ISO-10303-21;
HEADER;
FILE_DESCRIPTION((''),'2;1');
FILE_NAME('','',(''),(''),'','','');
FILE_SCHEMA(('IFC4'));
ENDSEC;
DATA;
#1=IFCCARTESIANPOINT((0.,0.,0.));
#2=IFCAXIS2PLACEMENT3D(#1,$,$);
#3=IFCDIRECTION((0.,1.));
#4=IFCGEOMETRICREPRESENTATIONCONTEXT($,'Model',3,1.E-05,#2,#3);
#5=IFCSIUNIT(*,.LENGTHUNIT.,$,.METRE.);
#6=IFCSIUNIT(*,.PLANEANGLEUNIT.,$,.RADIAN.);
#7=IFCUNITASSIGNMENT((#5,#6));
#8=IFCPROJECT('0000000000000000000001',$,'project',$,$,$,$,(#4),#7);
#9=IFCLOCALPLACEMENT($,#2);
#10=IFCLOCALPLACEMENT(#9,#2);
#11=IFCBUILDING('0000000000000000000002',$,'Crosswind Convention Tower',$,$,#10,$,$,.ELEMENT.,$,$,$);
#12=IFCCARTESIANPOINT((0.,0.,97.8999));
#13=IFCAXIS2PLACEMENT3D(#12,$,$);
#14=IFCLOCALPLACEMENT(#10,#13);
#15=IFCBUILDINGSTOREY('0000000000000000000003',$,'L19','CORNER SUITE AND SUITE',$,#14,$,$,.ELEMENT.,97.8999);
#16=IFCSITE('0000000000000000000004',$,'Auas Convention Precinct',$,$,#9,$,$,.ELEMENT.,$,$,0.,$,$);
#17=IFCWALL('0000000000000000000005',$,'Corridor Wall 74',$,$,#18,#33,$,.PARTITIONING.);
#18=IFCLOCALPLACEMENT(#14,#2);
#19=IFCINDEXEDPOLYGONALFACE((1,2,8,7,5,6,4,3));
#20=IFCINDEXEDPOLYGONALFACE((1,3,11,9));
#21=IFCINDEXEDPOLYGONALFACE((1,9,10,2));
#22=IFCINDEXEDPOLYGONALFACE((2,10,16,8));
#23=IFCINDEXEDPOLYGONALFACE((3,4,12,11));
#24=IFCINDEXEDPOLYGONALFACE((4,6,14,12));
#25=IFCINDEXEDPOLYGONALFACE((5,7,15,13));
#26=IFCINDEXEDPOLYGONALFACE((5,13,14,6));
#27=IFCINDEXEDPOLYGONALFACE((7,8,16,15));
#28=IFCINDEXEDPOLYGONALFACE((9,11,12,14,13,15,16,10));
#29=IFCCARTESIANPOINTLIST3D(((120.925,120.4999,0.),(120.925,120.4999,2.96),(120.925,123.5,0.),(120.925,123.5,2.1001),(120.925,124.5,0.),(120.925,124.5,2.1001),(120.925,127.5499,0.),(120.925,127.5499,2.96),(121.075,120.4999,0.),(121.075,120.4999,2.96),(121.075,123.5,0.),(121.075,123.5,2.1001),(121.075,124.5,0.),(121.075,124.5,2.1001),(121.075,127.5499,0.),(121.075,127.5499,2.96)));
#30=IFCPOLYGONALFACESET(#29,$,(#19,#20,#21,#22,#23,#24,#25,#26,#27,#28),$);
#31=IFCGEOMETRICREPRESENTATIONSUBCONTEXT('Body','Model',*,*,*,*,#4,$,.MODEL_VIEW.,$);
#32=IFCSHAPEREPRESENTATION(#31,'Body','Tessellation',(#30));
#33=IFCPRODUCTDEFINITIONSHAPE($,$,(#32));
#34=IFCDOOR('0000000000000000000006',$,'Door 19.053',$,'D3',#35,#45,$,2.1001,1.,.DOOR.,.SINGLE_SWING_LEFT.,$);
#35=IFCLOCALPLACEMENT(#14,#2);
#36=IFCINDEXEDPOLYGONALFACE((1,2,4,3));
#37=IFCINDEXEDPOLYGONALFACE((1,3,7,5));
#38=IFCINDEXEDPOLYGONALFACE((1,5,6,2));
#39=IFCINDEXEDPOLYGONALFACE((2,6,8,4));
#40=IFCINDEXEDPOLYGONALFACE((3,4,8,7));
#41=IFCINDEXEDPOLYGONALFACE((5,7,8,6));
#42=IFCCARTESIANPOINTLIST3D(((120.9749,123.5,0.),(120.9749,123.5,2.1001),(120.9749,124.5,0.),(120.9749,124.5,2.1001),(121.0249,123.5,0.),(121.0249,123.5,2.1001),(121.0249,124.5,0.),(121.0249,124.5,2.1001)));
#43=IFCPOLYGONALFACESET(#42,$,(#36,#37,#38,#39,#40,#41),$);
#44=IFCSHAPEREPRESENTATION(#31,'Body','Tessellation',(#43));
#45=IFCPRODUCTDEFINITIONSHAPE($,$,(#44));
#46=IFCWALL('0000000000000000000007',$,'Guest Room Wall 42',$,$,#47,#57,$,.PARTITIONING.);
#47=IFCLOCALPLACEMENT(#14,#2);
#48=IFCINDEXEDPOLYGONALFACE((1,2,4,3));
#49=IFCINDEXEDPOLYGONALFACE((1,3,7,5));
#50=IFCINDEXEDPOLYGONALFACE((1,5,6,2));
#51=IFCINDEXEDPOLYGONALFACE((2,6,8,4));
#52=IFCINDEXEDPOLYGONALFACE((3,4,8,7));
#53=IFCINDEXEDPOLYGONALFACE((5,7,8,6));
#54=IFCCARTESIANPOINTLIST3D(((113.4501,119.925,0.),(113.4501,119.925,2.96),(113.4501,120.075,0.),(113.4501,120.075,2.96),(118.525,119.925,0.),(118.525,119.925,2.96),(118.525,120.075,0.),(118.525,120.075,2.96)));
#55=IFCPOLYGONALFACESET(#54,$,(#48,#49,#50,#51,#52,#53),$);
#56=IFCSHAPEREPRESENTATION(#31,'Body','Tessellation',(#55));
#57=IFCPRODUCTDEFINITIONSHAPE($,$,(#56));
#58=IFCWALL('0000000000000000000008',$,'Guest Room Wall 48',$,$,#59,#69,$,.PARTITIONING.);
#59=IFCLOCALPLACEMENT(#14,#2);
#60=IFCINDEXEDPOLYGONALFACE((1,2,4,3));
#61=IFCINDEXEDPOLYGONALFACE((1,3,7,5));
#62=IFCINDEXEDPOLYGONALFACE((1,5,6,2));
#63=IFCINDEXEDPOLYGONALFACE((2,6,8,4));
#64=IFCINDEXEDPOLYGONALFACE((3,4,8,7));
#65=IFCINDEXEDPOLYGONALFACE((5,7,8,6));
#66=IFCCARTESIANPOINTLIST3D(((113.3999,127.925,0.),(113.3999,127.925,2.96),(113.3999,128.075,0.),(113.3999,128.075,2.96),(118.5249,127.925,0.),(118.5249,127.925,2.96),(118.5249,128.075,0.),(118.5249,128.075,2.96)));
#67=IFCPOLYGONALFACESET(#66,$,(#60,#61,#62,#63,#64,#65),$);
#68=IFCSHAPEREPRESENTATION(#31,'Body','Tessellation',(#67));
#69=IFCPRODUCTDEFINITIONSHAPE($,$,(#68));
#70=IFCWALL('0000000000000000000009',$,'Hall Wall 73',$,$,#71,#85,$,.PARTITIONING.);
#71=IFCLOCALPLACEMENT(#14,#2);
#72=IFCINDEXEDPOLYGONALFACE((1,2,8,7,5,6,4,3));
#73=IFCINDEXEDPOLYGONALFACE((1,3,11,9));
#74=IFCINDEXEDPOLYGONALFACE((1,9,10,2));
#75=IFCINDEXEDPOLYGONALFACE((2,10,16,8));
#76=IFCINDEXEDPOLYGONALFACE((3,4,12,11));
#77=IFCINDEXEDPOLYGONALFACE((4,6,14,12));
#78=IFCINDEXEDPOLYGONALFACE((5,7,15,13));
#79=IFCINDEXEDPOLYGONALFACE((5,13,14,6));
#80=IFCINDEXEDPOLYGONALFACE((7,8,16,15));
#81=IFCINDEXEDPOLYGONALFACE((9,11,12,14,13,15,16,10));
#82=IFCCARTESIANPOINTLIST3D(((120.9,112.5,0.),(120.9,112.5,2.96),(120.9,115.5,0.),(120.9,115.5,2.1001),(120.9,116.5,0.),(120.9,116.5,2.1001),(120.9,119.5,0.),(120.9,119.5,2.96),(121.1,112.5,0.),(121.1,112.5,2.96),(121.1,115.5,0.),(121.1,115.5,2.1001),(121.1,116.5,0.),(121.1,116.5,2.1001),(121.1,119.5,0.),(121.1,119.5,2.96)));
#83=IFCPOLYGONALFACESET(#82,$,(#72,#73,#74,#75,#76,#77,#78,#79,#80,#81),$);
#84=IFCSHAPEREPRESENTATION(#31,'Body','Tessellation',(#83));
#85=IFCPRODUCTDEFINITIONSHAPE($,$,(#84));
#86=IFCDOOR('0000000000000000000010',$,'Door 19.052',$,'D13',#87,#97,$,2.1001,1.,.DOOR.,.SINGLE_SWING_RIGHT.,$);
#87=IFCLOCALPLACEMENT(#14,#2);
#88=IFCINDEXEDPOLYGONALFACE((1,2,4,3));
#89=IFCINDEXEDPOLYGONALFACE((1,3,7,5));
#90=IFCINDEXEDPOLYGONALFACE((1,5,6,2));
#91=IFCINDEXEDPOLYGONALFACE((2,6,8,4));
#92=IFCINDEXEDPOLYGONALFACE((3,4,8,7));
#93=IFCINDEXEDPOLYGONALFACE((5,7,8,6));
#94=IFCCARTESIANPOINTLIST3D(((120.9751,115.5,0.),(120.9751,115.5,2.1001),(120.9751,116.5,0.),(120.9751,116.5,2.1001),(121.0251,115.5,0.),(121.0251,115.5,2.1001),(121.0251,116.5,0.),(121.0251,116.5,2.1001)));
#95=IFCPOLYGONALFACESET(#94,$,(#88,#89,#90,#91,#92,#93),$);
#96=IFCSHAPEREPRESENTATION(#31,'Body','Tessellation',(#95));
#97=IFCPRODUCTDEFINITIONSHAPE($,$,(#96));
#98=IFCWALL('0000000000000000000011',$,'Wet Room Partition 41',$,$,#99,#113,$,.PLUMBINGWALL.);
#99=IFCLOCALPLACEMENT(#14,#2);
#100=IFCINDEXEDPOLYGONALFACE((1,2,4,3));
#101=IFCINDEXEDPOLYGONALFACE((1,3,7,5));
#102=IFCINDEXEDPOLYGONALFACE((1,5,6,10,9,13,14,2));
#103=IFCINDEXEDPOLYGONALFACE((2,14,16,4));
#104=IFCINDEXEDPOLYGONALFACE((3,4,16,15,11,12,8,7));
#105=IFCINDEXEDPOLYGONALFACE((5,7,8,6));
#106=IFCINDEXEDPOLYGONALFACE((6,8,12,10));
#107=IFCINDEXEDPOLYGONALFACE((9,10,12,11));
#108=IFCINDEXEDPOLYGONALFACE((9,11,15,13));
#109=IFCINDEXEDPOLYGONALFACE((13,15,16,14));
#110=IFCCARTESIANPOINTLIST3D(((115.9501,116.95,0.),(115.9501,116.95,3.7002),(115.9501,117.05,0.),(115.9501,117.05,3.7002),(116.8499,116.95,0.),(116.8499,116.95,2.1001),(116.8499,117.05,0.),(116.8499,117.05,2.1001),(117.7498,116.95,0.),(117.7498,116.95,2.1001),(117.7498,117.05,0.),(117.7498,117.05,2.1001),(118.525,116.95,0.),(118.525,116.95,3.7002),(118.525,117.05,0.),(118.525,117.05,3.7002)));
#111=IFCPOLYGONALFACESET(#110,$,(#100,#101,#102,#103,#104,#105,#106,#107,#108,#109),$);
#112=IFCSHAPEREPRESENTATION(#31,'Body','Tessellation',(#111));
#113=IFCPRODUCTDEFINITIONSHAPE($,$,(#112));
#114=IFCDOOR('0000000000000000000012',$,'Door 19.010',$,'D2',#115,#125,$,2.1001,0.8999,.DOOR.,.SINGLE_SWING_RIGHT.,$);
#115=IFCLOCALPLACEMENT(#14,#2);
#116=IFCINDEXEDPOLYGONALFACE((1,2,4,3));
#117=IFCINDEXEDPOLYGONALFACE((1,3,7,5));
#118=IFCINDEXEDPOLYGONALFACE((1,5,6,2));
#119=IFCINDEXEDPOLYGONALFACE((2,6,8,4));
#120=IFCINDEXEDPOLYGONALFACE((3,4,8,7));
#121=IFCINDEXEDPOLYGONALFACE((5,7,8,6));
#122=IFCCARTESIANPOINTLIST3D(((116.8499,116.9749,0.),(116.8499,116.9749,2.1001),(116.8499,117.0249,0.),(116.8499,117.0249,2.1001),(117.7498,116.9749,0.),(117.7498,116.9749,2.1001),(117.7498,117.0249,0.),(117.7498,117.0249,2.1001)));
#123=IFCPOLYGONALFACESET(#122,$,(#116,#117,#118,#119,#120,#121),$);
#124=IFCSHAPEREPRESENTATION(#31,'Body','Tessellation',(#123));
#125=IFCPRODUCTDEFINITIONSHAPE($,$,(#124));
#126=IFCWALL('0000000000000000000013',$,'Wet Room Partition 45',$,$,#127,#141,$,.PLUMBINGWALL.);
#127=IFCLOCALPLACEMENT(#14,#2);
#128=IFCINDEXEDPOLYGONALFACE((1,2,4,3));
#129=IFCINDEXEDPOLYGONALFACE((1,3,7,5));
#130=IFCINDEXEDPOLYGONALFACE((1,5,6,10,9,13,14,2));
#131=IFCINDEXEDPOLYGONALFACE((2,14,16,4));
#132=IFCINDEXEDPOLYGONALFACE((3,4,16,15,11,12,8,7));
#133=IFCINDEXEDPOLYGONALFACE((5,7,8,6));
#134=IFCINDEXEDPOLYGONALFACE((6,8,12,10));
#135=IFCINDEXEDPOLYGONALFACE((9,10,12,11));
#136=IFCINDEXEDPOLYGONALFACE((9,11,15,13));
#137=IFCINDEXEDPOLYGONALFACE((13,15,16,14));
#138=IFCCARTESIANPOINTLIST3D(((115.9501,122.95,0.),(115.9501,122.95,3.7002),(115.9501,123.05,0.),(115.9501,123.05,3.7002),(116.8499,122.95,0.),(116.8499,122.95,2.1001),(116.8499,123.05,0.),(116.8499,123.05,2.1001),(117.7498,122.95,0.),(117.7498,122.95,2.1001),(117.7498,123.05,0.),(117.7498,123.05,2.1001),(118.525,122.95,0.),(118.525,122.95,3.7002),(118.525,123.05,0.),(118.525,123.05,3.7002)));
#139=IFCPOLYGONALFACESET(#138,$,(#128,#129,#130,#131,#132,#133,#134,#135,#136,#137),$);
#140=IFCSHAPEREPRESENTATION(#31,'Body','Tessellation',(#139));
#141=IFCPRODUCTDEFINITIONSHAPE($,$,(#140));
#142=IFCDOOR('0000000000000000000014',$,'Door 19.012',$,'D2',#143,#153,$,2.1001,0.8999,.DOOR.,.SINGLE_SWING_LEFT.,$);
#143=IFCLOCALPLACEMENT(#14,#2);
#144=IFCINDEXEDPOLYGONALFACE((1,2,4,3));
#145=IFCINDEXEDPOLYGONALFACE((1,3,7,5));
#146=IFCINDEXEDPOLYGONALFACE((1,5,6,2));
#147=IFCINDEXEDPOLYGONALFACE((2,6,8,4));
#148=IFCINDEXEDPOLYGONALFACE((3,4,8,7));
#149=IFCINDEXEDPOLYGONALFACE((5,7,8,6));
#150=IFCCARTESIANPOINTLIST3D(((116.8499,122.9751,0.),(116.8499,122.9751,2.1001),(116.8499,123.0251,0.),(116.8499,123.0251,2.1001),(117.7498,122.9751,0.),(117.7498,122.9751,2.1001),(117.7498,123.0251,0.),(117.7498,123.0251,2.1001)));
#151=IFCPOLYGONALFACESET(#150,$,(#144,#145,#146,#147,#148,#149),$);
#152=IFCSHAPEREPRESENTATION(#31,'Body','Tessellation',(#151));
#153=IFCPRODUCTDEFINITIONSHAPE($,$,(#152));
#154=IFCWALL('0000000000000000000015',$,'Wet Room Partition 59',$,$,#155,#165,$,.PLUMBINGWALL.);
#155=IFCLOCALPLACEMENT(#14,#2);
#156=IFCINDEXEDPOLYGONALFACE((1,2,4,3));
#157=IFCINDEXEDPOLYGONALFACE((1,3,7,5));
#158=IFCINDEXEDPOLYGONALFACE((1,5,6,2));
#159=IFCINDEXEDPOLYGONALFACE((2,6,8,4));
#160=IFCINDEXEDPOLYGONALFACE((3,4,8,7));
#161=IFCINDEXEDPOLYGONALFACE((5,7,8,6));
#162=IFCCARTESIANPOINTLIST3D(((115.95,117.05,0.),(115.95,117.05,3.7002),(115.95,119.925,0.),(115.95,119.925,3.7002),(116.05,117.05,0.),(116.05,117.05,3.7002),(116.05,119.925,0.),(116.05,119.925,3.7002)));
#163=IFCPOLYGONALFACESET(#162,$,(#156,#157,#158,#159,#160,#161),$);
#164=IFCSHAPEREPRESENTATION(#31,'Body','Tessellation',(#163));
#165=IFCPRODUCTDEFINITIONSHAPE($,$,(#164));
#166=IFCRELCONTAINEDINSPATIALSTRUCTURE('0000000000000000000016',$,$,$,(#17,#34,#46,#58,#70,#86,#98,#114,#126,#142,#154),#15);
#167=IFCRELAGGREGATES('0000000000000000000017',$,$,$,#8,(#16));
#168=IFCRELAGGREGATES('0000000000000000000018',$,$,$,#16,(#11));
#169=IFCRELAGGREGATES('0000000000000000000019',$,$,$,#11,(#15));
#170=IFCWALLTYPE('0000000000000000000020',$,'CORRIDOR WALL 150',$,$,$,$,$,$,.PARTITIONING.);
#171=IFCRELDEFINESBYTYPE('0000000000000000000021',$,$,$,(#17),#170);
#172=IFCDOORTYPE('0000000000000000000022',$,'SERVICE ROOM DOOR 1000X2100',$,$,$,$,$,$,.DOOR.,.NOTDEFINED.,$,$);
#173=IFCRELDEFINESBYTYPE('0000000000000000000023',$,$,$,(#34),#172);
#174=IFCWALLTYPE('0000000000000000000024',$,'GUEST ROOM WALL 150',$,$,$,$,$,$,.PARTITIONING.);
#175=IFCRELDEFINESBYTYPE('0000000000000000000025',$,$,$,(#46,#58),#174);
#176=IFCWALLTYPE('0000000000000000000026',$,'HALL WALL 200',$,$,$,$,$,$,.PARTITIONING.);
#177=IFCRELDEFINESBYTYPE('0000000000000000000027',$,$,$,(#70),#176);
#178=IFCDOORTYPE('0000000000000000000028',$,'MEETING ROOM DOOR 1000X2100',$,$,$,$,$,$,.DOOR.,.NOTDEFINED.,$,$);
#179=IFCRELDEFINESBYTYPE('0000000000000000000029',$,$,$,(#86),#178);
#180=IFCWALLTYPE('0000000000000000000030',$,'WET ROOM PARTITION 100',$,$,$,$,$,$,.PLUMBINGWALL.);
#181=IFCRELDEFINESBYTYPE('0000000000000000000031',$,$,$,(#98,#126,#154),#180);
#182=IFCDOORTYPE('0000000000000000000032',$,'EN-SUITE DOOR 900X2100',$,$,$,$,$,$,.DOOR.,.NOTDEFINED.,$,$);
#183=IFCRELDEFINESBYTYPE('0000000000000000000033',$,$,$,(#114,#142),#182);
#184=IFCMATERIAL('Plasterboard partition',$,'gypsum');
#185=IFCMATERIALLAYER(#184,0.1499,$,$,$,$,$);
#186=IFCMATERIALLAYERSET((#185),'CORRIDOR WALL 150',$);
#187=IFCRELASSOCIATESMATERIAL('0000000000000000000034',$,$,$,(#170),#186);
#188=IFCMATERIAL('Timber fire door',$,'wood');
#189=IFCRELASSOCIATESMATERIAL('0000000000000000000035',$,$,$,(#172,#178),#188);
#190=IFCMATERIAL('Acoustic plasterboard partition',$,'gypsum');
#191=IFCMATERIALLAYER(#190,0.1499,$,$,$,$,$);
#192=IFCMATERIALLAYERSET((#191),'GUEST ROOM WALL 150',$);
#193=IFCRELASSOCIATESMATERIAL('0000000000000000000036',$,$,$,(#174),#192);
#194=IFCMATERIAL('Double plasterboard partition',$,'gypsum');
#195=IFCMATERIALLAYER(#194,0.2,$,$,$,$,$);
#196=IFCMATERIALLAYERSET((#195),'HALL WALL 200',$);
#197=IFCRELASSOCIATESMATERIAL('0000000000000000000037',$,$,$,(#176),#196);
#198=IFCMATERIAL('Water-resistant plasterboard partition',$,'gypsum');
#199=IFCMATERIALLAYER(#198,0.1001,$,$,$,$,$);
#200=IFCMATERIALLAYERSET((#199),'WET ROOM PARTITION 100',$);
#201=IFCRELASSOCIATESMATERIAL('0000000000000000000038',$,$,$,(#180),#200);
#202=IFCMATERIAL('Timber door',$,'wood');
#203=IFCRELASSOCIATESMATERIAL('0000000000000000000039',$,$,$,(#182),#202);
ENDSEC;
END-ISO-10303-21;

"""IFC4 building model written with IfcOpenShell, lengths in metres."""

from ifc_helpers import new_model, si_unit, direction, frame, frame_2d, origin, place, context, subcontext, project, spatial, rectangle, extrude, material, layer, layer_set, type_object, element, fill, save


model = new_model("IFC4")

# Units and contexts
model_context = context("Model", 3, precision=1e-05, world=origin(), true_north=direction((0.0, 1.0)))
body_context = subcontext(model_context, "Body", "Model", "MODEL_VIEW")
ifc_project = project(units=[si_unit("LENGTHUNIT", "METRE"), si_unit("PLANEANGLEUNIT", "RADIAN")], contexts=[model_context])

# Site, building, storey
site_placement = place(None, origin())
site = spatial("IfcSite", under=ifc_project, at=site_placement, Name="Auas Convention Precinct", CompositionType="ELEMENT", RefElevation=0.0)
building_placement = place(site_placement, origin())
building = spatial("IfcBuilding", under=site, at=building_placement, Name="Crosswind Convention Tower", CompositionType="ELEMENT")
storey_placement = place(building_placement, frame((0.0, 0.0, 97.8999)))
storey = spatial("IfcBuildingStorey", under=building, at=storey_placement, Name="L19", Description="CORNER SUITE AND SUITE", CompositionType="ELEMENT", Elevation=97.8999)

# Wall, opening, door
ifc_material_1 = material(Name="Plasterboard partition", Category="gypsum")
ifc_layer_1 = layer(ifc_material_1, 0.1499)
ifc_layer_set_1 = layer_set([ifc_layer_1], Name="CORRIDOR WALL 150")
wall_type_1 = type_object("IfcWallType", Name="CORRIDOR WALL 150", PredefinedType="PARTITIONING", material=ifc_layer_set_1)
wall_1_placement = place(storey_placement, frame((121.0, 120.5, 0.0), z_axis=(0.0, 0.0, 1.0), x_axis=(0.0, 1.0, 0.0)))
wall_1 = element("IfcWall", 1, at=wall_1_placement, inside=storey, type_object=wall_type_1, Name="Corridor Wall 74", PredefinedType="PARTITIONING", context=body_context, shape_type="SweptSolid", body=[
    extrude(rectangle(XDim=7.05, YDim=0.1499, at=frame_2d((3.5249, 0.0))), origin(), (0.0, 0.0, 1.0), 2.96),
])
opening_1_placement = place(wall_1_placement, frame((3.0, 0.0, 0.0)))
opening_1 = element("IfcOpeningElement", 2, at=opening_1_placement, cuts=wall_1, PredefinedType="OPENING", context=body_context, shape_type="SweptSolid", body=[
    extrude(rectangle(XDim=1.0, YDim=2.1001, at=frame_2d((0.5, 1.05))), frame((0.0, 0.085, 0.0), z_axis=(0.0, -1.0, 0.0), x_axis=(1.0, 0.0, 0.0)), (0.0, 0.0, 1.0), 0.1699),
])
ifc_material_2 = material(Name="Timber fire door", Category="wood")
door_type_1 = type_object("IfcDoorType", Name="SERVICE ROOM DOOR 1000X2100", OperationType="NOTDEFINED", PredefinedType="DOOR", material=ifc_material_2)
door_1_placement = place(opening_1_placement, frame((1.0, 0.0, 0.0), z_axis=(0.0, 0.0, 1.0), x_axis=(-1.0, 0.0, 0.0)))
door_1 = element("IfcDoor", 3, at=door_1_placement, inside=storey, type_object=door_type_1, Name="Door 19.053", ObjectType="D3", OperationType="SINGLE_SWING_LEFT", OverallHeight=2.1001, OverallWidth=1.0, PredefinedType="DOOR", context=body_context, shape_type="SweptSolid", body=[
    extrude(rectangle(XDim=1.0, YDim=2.1001, at=frame_2d((0.5, 1.05))), frame((0.0, 0.0249, 0.0), z_axis=(0.0, -1.0, 0.0), x_axis=(1.0, 0.0, 0.0)), (0.0, 0.0, 1.0), 0.05),
])
fill(opening_1, door_1)

# Walls
ifc_material_3 = material(Name="Acoustic plasterboard partition", Category="gypsum")
ifc_layer_2 = layer(ifc_material_3, 0.1499)
ifc_layer_set_2 = layer_set([ifc_layer_2], Name="GUEST ROOM WALL 150")
wall_type_2 = type_object("IfcWallType", Name="GUEST ROOM WALL 150", PredefinedType="PARTITIONING", material=ifc_layer_set_2)
wall_2_placement = place(storey_placement, frame((113.45, 120.0, 0.0), z_axis=(0.0, 0.0, 1.0), x_axis=(1.0, 0.0, 0.0)))
element("IfcWall", 4, at=wall_2_placement, inside=storey, type_object=wall_type_2, Name="Guest Room Wall 42", PredefinedType="PARTITIONING", context=body_context, shape_type="SweptSolid", body=[
    extrude(rectangle(XDim=5.075, YDim=0.1499, at=frame_2d((2.5376, 0.0))), origin(), (0.0, 0.0, 1.0), 2.96),
])
wall_3_placement = place(storey_placement, frame((113.3999, 128.0, 0.0), z_axis=(0.0, 0.0, 1.0), x_axis=(1.0, 0.0, 0.0)))
element("IfcWall", 5, at=wall_3_placement, inside=storey, type_object=wall_type_2, Name="Guest Room Wall 48", PredefinedType="PARTITIONING", context=body_context, shape_type="SweptSolid", body=[
    extrude(rectangle(XDim=5.125, YDim=0.1499, at=frame_2d((2.5625, 0.0))), origin(), (0.0, 0.0, 1.0), 2.96),
])

# Walls, openings, doors
ifc_material_4 = material(Name="Double plasterboard partition", Category="gypsum")
ifc_layer_3 = layer(ifc_material_4, 0.2)
ifc_layer_set_3 = layer_set([ifc_layer_3], Name="HALL WALL 200")
wall_type_3 = type_object("IfcWallType", Name="HALL WALL 200", PredefinedType="PARTITIONING", material=ifc_layer_set_3)
wall_4_placement = place(storey_placement, frame((121.0, 112.5, 0.0), z_axis=(0.0, 0.0, 1.0), x_axis=(0.0, 1.0, 0.0)))
wall_4 = element("IfcWall", 6, at=wall_4_placement, inside=storey, type_object=wall_type_3, Name="Hall Wall 73", PredefinedType="PARTITIONING", context=body_context, shape_type="SweptSolid", body=[
    extrude(rectangle(XDim=7.0, YDim=0.2, at=frame_2d((3.5, 0.0))), origin(), (0.0, 0.0, 1.0), 2.96),
])
opening_2_placement = place(wall_4_placement, frame((3.0, 0.0, 0.0)))
opening_2 = element("IfcOpeningElement", 7, at=opening_2_placement, cuts=wall_4, PredefinedType="OPENING", context=body_context, shape_type="SweptSolid", body=[
    extrude(rectangle(XDim=1.0, YDim=2.1001, at=frame_2d((0.5, 1.05))), frame((0.0, 0.1099, 0.0), z_axis=(0.0, -1.0, 0.0), x_axis=(1.0, 0.0, 0.0)), (0.0, 0.0, 1.0), 0.22),
])
door_type_2 = type_object("IfcDoorType", Name="MEETING ROOM DOOR 1000X2100", OperationType="NOTDEFINED", PredefinedType="DOOR", material=ifc_material_2)
door_2_placement = place(opening_2_placement, origin())
door_2 = element("IfcDoor", 8, at=door_2_placement, inside=storey, type_object=door_type_2, Name="Door 19.052", ObjectType="D13", OperationType="SINGLE_SWING_RIGHT", OverallHeight=2.1001, OverallWidth=1.0, PredefinedType="DOOR", context=body_context, shape_type="SweptSolid", body=[
    extrude(rectangle(XDim=1.0, YDim=2.1001, at=frame_2d((0.5, 1.05))), frame((0.0, 0.0249, 0.0), z_axis=(0.0, -1.0, 0.0), x_axis=(1.0, 0.0, 0.0)), (0.0, 0.0, 1.0), 0.05),
])
fill(opening_2, door_2)
ifc_material_5 = material(Name="Water-resistant plasterboard partition", Category="gypsum")
ifc_layer_4 = layer(ifc_material_5, 0.1001)
ifc_layer_set_4 = layer_set([ifc_layer_4], Name="WET ROOM PARTITION 100")
wall_type_4 = type_object("IfcWallType", Name="WET ROOM PARTITION 100", PredefinedType="PLUMBINGWALL", material=ifc_layer_set_4)
wall_5_placement = place(storey_placement, frame((115.95, 117.0, 0.0), z_axis=(0.0, 0.0, 1.0), x_axis=(1.0, 0.0, 0.0)))
wall_5 = element("IfcWall", 9, at=wall_5_placement, inside=storey, type_object=wall_type_4, Name="Wet Room Partition 41", PredefinedType="PLUMBINGWALL", context=body_context, shape_type="SweptSolid", body=[
    extrude(rectangle(XDim=2.575, YDim=0.1001, at=frame_2d((1.2876, 0.0))), origin(), (0.0, 0.0, 1.0), 3.7002),
])
opening_3_placement = place(wall_5_placement, frame((0.8999, 0.0, 0.0)))
opening_3 = element("IfcOpeningElement", 10, at=opening_3_placement, cuts=wall_5, PredefinedType="OPENING", context=body_context, shape_type="SweptSolid", body=[
    extrude(rectangle(XDim=0.8999, YDim=2.1001, at=frame_2d((0.45, 1.05))), frame((0.0, 0.0601, 0.0), z_axis=(0.0, -1.0, 0.0), x_axis=(1.0, 0.0, 0.0)), (0.0, 0.0, 1.0), 0.1201),
])
ifc_material_6 = material(Name="Timber door", Category="wood")
door_type_3 = type_object("IfcDoorType", Name="EN-SUITE DOOR 900X2100", OperationType="NOTDEFINED", PredefinedType="DOOR", material=ifc_material_6)
door_3_placement = place(opening_3_placement, origin())
door_3 = element("IfcDoor", 11, at=door_3_placement, inside=storey, type_object=door_type_3, Name="Door 19.010", ObjectType="D2", OperationType="SINGLE_SWING_RIGHT", OverallHeight=2.1001, OverallWidth=0.8999, PredefinedType="DOOR", context=body_context, shape_type="SweptSolid", body=[
    extrude(rectangle(XDim=0.8999, YDim=2.1001, at=frame_2d((0.45, 1.05))), frame((0.0, 0.0249, 0.0), z_axis=(0.0, -1.0, 0.0), x_axis=(1.0, 0.0, 0.0)), (0.0, 0.0, 1.0), 0.05),
])
fill(opening_3, door_3)
wall_6_placement = place(storey_placement, frame((115.95, 123.0, 0.0), z_axis=(0.0, 0.0, 1.0), x_axis=(1.0, 0.0, 0.0)))
wall_6 = element("IfcWall", 12, at=wall_6_placement, inside=storey, type_object=wall_type_4, Name="Wet Room Partition 45", PredefinedType="PLUMBINGWALL", context=body_context, shape_type="SweptSolid", body=[
    extrude(rectangle(XDim=2.575, YDim=0.1001, at=frame_2d((1.2876, 0.0))), origin(), (0.0, 0.0, 1.0), 3.7002),
])
opening_4_placement = place(wall_6_placement, frame((0.8999, 0.0, 0.0)))
opening_4 = element("IfcOpeningElement", 13, at=opening_4_placement, cuts=wall_6, PredefinedType="OPENING", context=body_context, shape_type="SweptSolid", body=[
    extrude(rectangle(XDim=0.8999, YDim=2.1001, at=frame_2d((0.45, 1.05))), frame((0.0, 0.0601, 0.0), z_axis=(0.0, -1.0, 0.0), x_axis=(1.0, 0.0, 0.0)), (0.0, 0.0, 1.0), 0.1201),
])
door_4_placement = place(opening_4_placement, frame((0.8999, 0.0, 0.0), z_axis=(0.0, 0.0, 1.0), x_axis=(-1.0, 0.0, 0.0)))
door_4 = element("IfcDoor", 14, at=door_4_placement, inside=storey, type_object=door_type_3, Name="Door 19.012", ObjectType="D2", OperationType="SINGLE_SWING_LEFT", OverallHeight=2.1001, OverallWidth=0.8999, PredefinedType="DOOR", context=body_context, shape_type="SweptSolid", body=[
    extrude(rectangle(XDim=0.8999, YDim=2.1001, at=frame_2d((0.45, 1.05))), frame((0.0, 0.0249, 0.0), z_axis=(0.0, -1.0, 0.0), x_axis=(1.0, 0.0, 0.0)), (0.0, 0.0, 1.0), 0.05),
])
fill(opening_4, door_4)

# Wall
for number, where, z_axis, x_axis, name in (
    (15, (116.0, 117.05, 0.0), (0.0, 0.0, 1.0), (0.0, 1.0, 0.0), "Wet Room Partition 59"),
):
    element("IfcWall", number, at=place(storey_placement, frame(where, z_axis=z_axis, x_axis=x_axis)), inside=storey, type_object=wall_type_4, Name=name, PredefinedType="PLUMBINGWALL", context=body_context, shape_type="SweptSolid", body=[
        extrude(rectangle(XDim=2.875, YDim=0.1001, at=frame_2d((1.4375, 0.0))), origin(), (0.0, 0.0, 1.0), 3.7002),
    ])

save(model, "model.ifc")
